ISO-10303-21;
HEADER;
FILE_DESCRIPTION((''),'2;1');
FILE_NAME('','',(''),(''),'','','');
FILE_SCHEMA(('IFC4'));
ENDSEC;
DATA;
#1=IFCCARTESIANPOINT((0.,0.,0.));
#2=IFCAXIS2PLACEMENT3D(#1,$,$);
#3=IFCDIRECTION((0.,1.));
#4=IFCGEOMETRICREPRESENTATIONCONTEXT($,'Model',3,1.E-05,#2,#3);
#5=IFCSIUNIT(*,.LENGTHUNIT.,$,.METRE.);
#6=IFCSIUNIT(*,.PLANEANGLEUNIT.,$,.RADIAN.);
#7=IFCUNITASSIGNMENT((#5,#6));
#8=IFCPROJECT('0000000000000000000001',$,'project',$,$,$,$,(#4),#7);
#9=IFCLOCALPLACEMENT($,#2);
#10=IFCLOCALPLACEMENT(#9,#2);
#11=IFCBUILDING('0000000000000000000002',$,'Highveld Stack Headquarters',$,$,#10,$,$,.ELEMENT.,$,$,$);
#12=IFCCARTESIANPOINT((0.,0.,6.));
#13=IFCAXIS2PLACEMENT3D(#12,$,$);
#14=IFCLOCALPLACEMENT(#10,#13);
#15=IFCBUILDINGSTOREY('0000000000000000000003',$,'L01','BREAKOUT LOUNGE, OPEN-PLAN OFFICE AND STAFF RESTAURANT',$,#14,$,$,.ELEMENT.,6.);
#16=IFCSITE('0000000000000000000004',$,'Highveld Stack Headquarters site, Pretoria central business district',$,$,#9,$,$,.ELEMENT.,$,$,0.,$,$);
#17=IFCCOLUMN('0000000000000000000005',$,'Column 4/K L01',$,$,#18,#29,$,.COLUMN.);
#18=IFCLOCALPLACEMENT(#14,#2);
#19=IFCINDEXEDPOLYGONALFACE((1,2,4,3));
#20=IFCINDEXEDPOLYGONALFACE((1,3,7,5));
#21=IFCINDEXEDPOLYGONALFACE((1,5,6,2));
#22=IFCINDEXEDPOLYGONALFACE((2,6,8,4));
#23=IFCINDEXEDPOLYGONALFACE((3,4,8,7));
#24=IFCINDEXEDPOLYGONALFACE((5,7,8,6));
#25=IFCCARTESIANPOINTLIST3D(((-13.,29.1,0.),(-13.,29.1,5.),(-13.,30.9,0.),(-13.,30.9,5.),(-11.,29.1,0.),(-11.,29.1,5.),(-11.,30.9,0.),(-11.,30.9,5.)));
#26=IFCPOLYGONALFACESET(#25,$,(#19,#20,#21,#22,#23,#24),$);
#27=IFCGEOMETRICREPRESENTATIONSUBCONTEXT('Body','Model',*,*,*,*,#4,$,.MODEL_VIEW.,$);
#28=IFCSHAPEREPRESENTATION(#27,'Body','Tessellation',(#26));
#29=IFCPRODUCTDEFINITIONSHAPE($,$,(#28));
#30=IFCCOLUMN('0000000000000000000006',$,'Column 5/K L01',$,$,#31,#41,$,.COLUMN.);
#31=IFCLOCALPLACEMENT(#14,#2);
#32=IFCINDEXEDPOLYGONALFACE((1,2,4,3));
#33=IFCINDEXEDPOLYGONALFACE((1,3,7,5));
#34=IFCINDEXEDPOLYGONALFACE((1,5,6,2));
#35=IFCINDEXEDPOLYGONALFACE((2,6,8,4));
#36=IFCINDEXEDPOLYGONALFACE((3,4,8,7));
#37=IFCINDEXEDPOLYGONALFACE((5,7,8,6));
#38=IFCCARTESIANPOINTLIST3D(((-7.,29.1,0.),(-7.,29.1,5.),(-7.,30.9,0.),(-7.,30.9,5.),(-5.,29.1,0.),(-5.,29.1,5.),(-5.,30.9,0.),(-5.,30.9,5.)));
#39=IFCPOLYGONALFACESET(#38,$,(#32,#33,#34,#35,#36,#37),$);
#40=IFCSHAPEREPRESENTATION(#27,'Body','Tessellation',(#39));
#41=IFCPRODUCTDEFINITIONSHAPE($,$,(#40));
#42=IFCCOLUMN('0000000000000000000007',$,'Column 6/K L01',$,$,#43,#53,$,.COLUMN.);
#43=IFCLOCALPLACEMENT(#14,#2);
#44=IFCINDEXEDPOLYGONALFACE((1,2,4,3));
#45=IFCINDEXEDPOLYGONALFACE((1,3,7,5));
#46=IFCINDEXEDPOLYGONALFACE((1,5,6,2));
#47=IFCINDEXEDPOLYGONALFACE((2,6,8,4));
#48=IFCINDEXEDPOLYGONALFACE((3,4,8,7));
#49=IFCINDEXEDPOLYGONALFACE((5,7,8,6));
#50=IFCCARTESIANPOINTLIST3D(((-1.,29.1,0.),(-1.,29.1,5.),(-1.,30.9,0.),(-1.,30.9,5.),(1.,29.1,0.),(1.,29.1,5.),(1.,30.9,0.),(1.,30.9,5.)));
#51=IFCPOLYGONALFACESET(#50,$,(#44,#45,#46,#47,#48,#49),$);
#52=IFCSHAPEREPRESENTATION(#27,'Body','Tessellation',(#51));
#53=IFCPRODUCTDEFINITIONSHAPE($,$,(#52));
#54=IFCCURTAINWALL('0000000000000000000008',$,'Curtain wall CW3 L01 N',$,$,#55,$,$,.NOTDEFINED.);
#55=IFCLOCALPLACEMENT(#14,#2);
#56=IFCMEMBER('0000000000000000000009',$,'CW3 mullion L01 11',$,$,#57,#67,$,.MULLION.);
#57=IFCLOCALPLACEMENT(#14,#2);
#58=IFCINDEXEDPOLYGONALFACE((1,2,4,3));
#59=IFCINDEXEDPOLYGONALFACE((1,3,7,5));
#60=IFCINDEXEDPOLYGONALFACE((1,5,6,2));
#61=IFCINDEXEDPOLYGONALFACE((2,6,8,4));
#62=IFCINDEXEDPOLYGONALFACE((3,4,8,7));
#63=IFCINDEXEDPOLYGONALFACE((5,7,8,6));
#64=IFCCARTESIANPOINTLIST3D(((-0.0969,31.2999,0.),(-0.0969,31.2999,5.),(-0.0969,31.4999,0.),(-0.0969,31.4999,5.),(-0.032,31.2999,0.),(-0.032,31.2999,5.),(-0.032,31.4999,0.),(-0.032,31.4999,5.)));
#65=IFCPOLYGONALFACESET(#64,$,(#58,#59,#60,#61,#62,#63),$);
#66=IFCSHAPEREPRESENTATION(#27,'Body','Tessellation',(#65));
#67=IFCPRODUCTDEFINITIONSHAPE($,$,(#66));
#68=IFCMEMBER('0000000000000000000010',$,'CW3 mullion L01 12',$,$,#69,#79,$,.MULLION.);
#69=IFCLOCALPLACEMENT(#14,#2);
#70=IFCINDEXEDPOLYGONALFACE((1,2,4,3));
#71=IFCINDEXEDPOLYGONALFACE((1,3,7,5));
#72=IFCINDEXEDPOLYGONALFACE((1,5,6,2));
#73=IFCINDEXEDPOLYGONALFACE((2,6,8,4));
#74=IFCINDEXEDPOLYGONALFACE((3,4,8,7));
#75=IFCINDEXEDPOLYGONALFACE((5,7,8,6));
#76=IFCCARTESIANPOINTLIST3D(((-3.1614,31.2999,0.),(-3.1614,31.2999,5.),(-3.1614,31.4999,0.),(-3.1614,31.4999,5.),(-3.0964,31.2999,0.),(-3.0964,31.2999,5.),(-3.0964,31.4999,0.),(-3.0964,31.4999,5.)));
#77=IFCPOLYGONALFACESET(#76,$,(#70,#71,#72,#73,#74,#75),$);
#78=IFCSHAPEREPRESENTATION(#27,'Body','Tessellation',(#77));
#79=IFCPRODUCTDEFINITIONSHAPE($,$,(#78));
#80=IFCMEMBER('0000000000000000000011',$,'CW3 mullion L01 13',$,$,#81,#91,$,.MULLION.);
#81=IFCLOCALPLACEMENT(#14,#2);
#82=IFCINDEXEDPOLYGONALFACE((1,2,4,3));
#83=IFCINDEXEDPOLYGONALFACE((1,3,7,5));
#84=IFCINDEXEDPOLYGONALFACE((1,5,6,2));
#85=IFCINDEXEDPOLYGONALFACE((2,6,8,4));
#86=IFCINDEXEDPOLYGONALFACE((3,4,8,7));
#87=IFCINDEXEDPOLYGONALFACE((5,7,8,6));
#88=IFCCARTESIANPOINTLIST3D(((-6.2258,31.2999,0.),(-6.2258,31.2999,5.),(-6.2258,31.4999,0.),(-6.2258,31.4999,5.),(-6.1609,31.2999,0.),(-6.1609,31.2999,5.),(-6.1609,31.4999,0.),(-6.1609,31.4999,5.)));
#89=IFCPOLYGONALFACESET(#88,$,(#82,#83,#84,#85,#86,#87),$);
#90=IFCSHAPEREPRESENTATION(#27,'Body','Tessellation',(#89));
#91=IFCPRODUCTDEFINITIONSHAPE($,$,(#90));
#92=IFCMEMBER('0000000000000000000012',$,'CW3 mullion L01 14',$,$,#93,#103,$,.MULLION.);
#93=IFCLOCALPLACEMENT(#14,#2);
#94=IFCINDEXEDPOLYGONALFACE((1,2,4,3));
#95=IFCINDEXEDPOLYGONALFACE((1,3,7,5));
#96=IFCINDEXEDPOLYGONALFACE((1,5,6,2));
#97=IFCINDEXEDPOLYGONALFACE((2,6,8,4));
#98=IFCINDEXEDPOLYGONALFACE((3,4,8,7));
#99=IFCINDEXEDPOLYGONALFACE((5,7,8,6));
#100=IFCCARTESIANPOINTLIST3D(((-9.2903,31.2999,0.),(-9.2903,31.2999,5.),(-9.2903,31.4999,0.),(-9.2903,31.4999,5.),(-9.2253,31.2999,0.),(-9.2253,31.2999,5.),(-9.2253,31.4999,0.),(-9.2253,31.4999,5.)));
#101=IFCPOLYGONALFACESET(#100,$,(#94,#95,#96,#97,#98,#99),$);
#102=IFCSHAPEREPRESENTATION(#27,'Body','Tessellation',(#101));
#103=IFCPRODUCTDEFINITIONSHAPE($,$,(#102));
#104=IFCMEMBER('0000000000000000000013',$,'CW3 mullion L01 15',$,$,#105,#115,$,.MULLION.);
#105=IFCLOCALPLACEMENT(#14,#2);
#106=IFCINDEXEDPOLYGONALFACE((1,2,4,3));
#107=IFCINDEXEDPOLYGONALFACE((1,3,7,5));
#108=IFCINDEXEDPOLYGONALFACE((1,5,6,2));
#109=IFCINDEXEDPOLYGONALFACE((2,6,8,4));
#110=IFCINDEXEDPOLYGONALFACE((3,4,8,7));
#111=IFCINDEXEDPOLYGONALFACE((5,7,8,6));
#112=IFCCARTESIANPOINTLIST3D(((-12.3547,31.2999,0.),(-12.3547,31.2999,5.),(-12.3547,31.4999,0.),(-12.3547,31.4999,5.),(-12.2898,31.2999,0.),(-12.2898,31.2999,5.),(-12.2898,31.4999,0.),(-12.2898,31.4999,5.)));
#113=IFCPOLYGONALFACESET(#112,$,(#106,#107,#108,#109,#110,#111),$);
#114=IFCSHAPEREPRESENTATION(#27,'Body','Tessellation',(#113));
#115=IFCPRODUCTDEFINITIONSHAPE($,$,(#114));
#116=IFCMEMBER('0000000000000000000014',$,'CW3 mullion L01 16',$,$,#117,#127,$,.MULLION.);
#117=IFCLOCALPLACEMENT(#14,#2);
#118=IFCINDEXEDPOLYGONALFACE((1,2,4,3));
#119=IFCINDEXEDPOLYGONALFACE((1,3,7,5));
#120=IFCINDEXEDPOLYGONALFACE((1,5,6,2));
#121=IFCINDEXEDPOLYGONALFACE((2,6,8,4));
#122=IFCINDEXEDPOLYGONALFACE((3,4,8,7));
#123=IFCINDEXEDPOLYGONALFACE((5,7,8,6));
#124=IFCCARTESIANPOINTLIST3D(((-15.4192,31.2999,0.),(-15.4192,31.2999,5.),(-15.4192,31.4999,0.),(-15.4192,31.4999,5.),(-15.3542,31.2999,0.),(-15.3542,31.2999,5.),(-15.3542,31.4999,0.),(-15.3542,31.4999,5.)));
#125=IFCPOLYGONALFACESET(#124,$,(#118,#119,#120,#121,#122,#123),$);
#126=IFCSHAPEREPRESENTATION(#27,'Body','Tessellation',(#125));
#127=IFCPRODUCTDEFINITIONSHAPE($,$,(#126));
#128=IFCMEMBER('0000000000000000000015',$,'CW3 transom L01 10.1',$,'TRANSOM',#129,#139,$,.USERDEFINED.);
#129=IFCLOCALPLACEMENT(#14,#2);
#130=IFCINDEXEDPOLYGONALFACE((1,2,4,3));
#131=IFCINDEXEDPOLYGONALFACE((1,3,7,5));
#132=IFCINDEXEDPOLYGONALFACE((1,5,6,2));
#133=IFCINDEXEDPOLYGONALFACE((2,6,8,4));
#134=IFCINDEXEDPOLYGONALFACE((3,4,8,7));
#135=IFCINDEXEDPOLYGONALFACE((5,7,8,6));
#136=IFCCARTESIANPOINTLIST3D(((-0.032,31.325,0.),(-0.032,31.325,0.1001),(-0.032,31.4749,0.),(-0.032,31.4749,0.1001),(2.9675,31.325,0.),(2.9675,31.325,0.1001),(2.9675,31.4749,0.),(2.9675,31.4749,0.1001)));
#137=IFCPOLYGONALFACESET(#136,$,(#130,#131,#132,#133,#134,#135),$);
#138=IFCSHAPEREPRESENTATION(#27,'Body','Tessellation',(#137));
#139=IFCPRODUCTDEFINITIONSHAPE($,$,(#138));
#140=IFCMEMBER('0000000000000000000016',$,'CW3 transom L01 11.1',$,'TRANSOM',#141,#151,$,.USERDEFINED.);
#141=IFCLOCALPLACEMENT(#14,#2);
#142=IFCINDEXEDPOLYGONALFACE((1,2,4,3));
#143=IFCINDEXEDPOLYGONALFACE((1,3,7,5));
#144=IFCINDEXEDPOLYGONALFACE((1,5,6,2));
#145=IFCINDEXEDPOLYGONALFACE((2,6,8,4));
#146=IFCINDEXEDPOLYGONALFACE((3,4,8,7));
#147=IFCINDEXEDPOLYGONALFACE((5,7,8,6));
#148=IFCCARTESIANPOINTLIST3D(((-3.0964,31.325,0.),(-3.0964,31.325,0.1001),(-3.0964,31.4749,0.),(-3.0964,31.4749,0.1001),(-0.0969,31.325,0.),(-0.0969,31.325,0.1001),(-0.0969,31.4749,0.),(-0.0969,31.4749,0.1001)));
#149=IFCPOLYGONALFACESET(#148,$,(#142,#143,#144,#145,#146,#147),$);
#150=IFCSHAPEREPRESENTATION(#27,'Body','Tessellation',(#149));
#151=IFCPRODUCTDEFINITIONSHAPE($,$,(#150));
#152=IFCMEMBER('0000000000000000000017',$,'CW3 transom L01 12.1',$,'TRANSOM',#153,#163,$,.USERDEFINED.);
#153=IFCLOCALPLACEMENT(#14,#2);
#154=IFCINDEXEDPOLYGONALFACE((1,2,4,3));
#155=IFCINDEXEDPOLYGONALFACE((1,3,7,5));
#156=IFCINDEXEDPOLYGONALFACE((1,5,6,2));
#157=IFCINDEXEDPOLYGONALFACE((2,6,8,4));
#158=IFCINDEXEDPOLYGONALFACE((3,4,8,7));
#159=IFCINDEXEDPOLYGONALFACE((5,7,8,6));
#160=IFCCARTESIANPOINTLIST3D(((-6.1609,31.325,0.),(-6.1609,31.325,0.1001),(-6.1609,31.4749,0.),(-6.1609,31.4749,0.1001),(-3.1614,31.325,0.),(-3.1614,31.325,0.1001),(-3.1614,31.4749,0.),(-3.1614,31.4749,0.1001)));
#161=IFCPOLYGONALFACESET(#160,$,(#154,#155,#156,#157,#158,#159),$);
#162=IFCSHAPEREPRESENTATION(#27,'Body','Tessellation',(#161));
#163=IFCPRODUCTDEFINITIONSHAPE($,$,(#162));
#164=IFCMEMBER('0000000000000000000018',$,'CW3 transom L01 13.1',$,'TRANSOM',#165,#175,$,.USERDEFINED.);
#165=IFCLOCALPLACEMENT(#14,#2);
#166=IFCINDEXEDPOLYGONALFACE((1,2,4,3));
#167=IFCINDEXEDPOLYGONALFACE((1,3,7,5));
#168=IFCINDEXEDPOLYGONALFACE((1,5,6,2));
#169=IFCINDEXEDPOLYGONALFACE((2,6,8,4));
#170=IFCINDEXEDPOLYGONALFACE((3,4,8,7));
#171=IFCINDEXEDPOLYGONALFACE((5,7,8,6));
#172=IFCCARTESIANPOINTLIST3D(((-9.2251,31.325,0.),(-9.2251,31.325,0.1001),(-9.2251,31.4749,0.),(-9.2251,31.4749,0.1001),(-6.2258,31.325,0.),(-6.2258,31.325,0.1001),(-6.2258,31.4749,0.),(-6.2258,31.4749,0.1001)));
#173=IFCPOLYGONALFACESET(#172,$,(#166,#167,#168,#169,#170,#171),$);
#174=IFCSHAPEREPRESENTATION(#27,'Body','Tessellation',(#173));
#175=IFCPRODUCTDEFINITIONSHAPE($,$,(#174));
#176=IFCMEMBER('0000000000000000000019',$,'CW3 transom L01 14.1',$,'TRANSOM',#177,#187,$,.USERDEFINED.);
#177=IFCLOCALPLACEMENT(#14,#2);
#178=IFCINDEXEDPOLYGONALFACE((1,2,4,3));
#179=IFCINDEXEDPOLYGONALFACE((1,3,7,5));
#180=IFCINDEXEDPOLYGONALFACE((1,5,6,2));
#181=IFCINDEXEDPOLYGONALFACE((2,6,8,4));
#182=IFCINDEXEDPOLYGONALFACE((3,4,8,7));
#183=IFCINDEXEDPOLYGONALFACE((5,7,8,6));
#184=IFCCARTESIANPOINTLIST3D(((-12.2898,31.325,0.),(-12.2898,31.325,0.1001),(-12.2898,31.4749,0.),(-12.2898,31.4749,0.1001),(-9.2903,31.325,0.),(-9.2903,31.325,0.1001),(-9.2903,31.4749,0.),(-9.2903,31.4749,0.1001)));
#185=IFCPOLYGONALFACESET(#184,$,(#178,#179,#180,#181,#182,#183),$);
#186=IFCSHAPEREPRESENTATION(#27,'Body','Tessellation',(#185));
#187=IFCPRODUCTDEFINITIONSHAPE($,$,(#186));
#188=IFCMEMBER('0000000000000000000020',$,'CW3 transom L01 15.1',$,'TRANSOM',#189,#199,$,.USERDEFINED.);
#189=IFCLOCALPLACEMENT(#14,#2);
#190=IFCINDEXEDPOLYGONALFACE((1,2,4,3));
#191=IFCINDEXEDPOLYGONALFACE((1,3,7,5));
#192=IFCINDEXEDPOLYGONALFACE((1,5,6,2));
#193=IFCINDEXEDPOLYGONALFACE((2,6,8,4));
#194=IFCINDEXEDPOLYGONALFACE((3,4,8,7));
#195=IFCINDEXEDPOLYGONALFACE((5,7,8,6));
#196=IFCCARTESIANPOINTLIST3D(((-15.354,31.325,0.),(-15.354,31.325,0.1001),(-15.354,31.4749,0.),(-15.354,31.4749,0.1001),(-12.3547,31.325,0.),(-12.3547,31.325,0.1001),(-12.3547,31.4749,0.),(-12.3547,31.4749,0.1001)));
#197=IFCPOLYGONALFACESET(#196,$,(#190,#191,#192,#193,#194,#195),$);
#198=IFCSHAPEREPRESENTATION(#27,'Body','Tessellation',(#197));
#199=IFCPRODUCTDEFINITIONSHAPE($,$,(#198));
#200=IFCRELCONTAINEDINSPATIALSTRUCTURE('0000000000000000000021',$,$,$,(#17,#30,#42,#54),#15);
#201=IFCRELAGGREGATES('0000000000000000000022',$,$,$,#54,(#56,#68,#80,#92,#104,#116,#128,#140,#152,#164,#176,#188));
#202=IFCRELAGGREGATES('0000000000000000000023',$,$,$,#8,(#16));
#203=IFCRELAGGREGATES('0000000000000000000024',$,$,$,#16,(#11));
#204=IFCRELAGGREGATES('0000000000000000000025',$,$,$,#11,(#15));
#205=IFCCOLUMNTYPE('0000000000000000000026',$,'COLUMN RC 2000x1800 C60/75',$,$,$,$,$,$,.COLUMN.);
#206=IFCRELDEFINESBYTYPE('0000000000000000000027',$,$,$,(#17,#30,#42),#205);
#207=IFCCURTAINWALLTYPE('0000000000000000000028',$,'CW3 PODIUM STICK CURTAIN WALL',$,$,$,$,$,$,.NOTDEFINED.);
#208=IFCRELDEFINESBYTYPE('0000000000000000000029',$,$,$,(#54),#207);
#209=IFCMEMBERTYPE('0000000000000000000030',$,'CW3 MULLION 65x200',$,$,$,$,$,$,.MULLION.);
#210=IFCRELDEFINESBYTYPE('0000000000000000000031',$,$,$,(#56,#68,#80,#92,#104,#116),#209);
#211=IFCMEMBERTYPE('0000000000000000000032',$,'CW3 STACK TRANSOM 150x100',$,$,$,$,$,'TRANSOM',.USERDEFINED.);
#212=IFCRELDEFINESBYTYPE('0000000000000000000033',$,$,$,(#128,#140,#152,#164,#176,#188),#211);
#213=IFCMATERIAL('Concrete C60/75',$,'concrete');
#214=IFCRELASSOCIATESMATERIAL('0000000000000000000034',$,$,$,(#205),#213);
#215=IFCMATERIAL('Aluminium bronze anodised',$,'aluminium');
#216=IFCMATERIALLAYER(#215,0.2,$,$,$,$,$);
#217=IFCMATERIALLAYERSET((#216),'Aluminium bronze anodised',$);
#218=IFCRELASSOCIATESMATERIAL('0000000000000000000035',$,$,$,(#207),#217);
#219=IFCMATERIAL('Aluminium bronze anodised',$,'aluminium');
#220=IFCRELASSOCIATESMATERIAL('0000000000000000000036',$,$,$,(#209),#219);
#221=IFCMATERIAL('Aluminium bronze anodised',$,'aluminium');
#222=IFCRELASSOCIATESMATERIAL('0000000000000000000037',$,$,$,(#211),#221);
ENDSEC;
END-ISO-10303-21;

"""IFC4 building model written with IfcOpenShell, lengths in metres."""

from ifc_helpers import new_model, si_unit, direction, frame, origin, origin_2d, place, context, subcontext, project, spatial, rectangle, extrude, material, layer, layer_set, material_profile, profile_set, type_object, element, aggregate, save


model = new_model("IFC4")

# Units and contexts
model_context = context("Model", 3, precision=1e-05, world=origin(), true_north=direction((0.0, 1.0)))
body_context = subcontext(model_context, "Body", "Model", "MODEL_VIEW")
ifc_project = project(units=[si_unit("LENGTHUNIT", "METRE"), si_unit("PLANEANGLEUNIT", "RADIAN")], contexts=[model_context])

# Site, building, storey
site_placement = place(None, origin())
site = spatial("IfcSite", under=ifc_project, at=site_placement, Name="Highveld Stack Headquarters site, Pretoria central business district", CompositionType="ELEMENT", RefElevation=0.0)
building_placement = place(site_placement, origin())
building = spatial("IfcBuilding", under=site, at=building_placement, Name="Highveld Stack Headquarters", CompositionType="ELEMENT")
storey_placement = place(building_placement, frame((0.0, 0.0, 6.0)))
storey = spatial("IfcBuildingStorey", under=building, at=storey_placement, Name="L01", Description="BREAKOUT LOUNGE, OPEN-PLAN OFFICE AND STAFF RESTAURANT", CompositionType="ELEMENT", Elevation=6.0)

# Columns
ifc_material_1 = material(Name="Concrete C60/75", Category="concrete")
ifc_material_profile_1 = material_profile(ifc_material_1, rectangle(XDim=2.0, YDim=1.8, at=origin_2d()), Name="RC 2000x1800")
ifc_profile_set_1 = profile_set([ifc_material_profile_1], Name="Concrete C60/75")
column_type = type_object("IfcColumnType", Name="COLUMN RC 2000x1800 C60/75", PredefinedType="COLUMN", material=ifc_profile_set_1)
for number, where, z_axis, x_axis, name in (
    (1, (-12.0, 30.0, 0.0), (0.0, 0.0, 1.0), (1.0, 0.0, 0.0), "Column 4/K L01"),
    (2, (-6.0, 30.0, 0.0), (0.0, 0.0, 1.0), (1.0, 0.0, 0.0), "Column 5/K L01"),
    (3, (0.0, 30.0, 0.0), (0.0, 0.0, 1.0), (1.0, 0.0, 0.0), "Column 6/K L01"),
):
    element("IfcColumn", number, at=place(storey_placement, frame(where, z_axis=z_axis, x_axis=x_axis)), inside=storey, type_object=column_type, Name=name, PredefinedType="COLUMN", context=body_context, shape_type="SweptSolid", body=[
        extrude(rectangle(XDim=2.0, YDim=1.8, at=origin_2d()), origin(), (0.0, 0.0, 1.0), 5.0),
    ])

# Curtain wall, members
ifc_material_2 = material(Name="Aluminium bronze anodised", Category="aluminium")
ifc_layer_1 = layer(ifc_material_2, 0.2)
ifc_layer_set_1 = layer_set([ifc_layer_1], Name="Aluminium bronze anodised")
curtain_wall_type = type_object("IfcCurtainWallType", Name="CW3 PODIUM STICK CURTAIN WALL", PredefinedType="NOTDEFINED", material=ifc_layer_set_1)
curtain_wall_placement = place(storey_placement, origin())
curtain_wall = element("IfcCurtainWall", 4, at=curtain_wall_placement, inside=storey, type_object=curtain_wall_type, Name="Curtain wall CW3 L01 N", PredefinedType="NOTDEFINED")
ifc_material_3 = material(Name="Aluminium bronze anodised", Category="aluminium")
ifc_material_profile_2 = material_profile(ifc_material_3, rectangle(XDim=0.2, YDim=0.0649, at=origin_2d()), Name="CW3 MULLION 65x200")
ifc_profile_set_2 = profile_set([ifc_material_profile_2], Name="Aluminium bronze anodised")
member_type_1 = type_object("IfcMemberType", Name="CW3 MULLION 65x200", PredefinedType="MULLION", material=ifc_profile_set_2)
member_1_placement = place(storey_placement, frame((-0.0645, 31.3999, 0.0), z_axis=(0.0, 0.0, 1.0), x_axis=(0.0, -1.0, 0.0)))
member_1 = element("IfcMember", 5, at=member_1_placement, type_object=member_type_1, Name="CW3 mullion L01 11", PredefinedType="MULLION", context=body_context, shape_type="SweptSolid", body=[
    extrude(rectangle(XDim=0.2, YDim=0.0649, at=origin_2d()), origin(), (0.0, 0.0, 1.0), 5.0),
])
member_2_placement = place(storey_placement, frame((-3.1289, 31.3999, 0.0), z_axis=(0.0, 0.0, 1.0), x_axis=(0.0, -1.0, 0.0)))
member_2 = element("IfcMember", 6, at=member_2_placement, type_object=member_type_1, Name="CW3 mullion L01 12", PredefinedType="MULLION", context=body_context, shape_type="SweptSolid", body=[
    extrude(rectangle(XDim=0.2, YDim=0.0649, at=origin_2d()), origin(), (0.0, 0.0, 1.0), 5.0),
])
member_3_placement = place(storey_placement, frame((-6.1934, 31.3999, 0.0), z_axis=(0.0, 0.0, 1.0), x_axis=(0.0, -1.0, 0.0)))
member_3 = element("IfcMember", 7, at=member_3_placement, type_object=member_type_1, Name="CW3 mullion L01 13", PredefinedType="MULLION", context=body_context, shape_type="SweptSolid", body=[
    extrude(rectangle(XDim=0.2, YDim=0.0649, at=origin_2d()), origin(), (0.0, 0.0, 1.0), 5.0),
])
member_4_placement = place(storey_placement, frame((-9.2578, 31.3999, 0.0), z_axis=(0.0, 0.0, 1.0), x_axis=(0.0, -1.0, 0.0)))
member_4 = element("IfcMember", 8, at=member_4_placement, type_object=member_type_1, Name="CW3 mullion L01 14", PredefinedType="MULLION", context=body_context, shape_type="SweptSolid", body=[
    extrude(rectangle(XDim=0.2, YDim=0.0649, at=origin_2d()), origin(), (0.0, 0.0, 1.0), 5.0),
])
member_5_placement = place(storey_placement, frame((-12.3223, 31.3999, 0.0), z_axis=(0.0, 0.0, 1.0), x_axis=(0.0, -1.0, 0.0)))
member_5 = element("IfcMember", 9, at=member_5_placement, type_object=member_type_1, Name="CW3 mullion L01 15", PredefinedType="MULLION", context=body_context, shape_type="SweptSolid", body=[
    extrude(rectangle(XDim=0.2, YDim=0.0649, at=origin_2d()), origin(), (0.0, 0.0, 1.0), 5.0),
])
member_6_placement = place(storey_placement, frame((-15.3867, 31.3999, 0.0), z_axis=(0.0, 0.0, 1.0), x_axis=(0.0, -1.0, 0.0)))
member_6 = element("IfcMember", 10, at=member_6_placement, type_object=member_type_1, Name="CW3 mullion L01 16", PredefinedType="MULLION", context=body_context, shape_type="SweptSolid", body=[
    extrude(rectangle(XDim=0.2, YDim=0.0649, at=origin_2d()), origin(), (0.0, 0.0, 1.0), 5.0),
])
ifc_material_4 = material(Name="Aluminium bronze anodised", Category="aluminium")
ifc_material_profile_3 = material_profile(ifc_material_4, rectangle(XDim=0.1499, YDim=0.1001, at=origin_2d()), Name="CW3 TRANSOM 150x100")
ifc_profile_set_3 = profile_set([ifc_material_profile_3], Name="Aluminium bronze anodised")
member_type_2 = type_object("IfcMemberType", Name="CW3 STACK TRANSOM 150x100", ElementType="TRANSOM", PredefinedType="USERDEFINED", material=ifc_profile_set_3)
member_7_placement = place(storey_placement, frame((2.9675, 31.3999, 0.05), z_axis=(-1.0, 0.0, 0.0), x_axis=(0.0, -1.0, 0.0)))
member_7 = element("IfcMember", 11, at=member_7_placement, type_object=member_type_2, Name="CW3 transom L01 10.1", ObjectType="TRANSOM", PredefinedType="USERDEFINED", context=body_context, shape_type="SweptSolid", body=[
    extrude(rectangle(XDim=0.1499, YDim=0.1001, at=origin_2d()), origin(), (0.0, 0.0, 1.0), 2.9995),
])
member_8_placement = place(storey_placement, frame((-0.0969, 31.3999, 0.05), z_axis=(-1.0, 0.0, 0.0), x_axis=(0.0, -1.0, 0.0)))
member_8 = element("IfcMember", 12, at=member_8_placement, type_object=member_type_2, Name="CW3 transom L01 11.1", ObjectType="TRANSOM", PredefinedType="USERDEFINED", context=body_context, shape_type="SweptSolid", body=[
    extrude(rectangle(XDim=0.1499, YDim=0.1001, at=origin_2d()), origin(), (0.0, 0.0, 1.0), 2.9995),
])
member_9_placement = place(storey_placement, frame((-3.1614, 31.3999, 0.05), z_axis=(-1.0, 0.0, 0.0), x_axis=(0.0, -1.0, 0.0)))
member_9 = element("IfcMember", 13, at=member_9_placement, type_object=member_type_2, Name="CW3 transom L01 12.1", ObjectType="TRANSOM", PredefinedType="USERDEFINED", context=body_context, shape_type="SweptSolid", body=[
    extrude(rectangle(XDim=0.1499, YDim=0.1001, at=origin_2d()), origin(), (0.0, 0.0, 1.0), 2.9995),
])
member_10_placement = place(storey_placement, frame((-6.2258, 31.3999, 0.05), z_axis=(-1.0, 0.0, 0.0), x_axis=(0.0, -1.0, 0.0)))
member_10 = element("IfcMember", 14, at=member_10_placement, type_object=member_type_2, Name="CW3 transom L01 13.1", ObjectType="TRANSOM", PredefinedType="USERDEFINED", context=body_context, shape_type="SweptSolid", body=[
    extrude(rectangle(XDim=0.1499, YDim=0.1001, at=origin_2d()), origin(), (0.0, 0.0, 1.0), 2.9993),
])
member_11_placement = place(storey_placement, frame((-9.2903, 31.3999, 0.05), z_axis=(-1.0, 0.0, 0.0), x_axis=(0.0, -1.0, 0.0)))
member_11 = element("IfcMember", 15, at=member_11_placement, type_object=member_type_2, Name="CW3 transom L01 14.1", ObjectType="TRANSOM", PredefinedType="USERDEFINED", context=body_context, shape_type="SweptSolid", body=[
    extrude(rectangle(XDim=0.1499, YDim=0.1001, at=origin_2d()), origin(), (0.0, 0.0, 1.0), 2.9995),
])
member_12_placement = place(storey_placement, frame((-12.3547, 31.3999, 0.05), z_axis=(-1.0, 0.0, 0.0), x_axis=(0.0, -1.0, 0.0)))
member_12 = element("IfcMember", 16, at=member_12_placement, type_object=member_type_2, Name="CW3 transom L01 15.1", ObjectType="TRANSOM", PredefinedType="USERDEFINED", context=body_context, shape_type="SweptSolid", body=[
    extrude(rectangle(XDim=0.1499, YDim=0.1001, at=origin_2d()), origin(), (0.0, 0.0, 1.0), 2.9993),
])
aggregate(curtain_wall, [member_1, member_2, member_3, member_4, member_5, member_6, member_7, member_8, member_9, member_10, member_11, member_12])

save(model, "model.ifc")
